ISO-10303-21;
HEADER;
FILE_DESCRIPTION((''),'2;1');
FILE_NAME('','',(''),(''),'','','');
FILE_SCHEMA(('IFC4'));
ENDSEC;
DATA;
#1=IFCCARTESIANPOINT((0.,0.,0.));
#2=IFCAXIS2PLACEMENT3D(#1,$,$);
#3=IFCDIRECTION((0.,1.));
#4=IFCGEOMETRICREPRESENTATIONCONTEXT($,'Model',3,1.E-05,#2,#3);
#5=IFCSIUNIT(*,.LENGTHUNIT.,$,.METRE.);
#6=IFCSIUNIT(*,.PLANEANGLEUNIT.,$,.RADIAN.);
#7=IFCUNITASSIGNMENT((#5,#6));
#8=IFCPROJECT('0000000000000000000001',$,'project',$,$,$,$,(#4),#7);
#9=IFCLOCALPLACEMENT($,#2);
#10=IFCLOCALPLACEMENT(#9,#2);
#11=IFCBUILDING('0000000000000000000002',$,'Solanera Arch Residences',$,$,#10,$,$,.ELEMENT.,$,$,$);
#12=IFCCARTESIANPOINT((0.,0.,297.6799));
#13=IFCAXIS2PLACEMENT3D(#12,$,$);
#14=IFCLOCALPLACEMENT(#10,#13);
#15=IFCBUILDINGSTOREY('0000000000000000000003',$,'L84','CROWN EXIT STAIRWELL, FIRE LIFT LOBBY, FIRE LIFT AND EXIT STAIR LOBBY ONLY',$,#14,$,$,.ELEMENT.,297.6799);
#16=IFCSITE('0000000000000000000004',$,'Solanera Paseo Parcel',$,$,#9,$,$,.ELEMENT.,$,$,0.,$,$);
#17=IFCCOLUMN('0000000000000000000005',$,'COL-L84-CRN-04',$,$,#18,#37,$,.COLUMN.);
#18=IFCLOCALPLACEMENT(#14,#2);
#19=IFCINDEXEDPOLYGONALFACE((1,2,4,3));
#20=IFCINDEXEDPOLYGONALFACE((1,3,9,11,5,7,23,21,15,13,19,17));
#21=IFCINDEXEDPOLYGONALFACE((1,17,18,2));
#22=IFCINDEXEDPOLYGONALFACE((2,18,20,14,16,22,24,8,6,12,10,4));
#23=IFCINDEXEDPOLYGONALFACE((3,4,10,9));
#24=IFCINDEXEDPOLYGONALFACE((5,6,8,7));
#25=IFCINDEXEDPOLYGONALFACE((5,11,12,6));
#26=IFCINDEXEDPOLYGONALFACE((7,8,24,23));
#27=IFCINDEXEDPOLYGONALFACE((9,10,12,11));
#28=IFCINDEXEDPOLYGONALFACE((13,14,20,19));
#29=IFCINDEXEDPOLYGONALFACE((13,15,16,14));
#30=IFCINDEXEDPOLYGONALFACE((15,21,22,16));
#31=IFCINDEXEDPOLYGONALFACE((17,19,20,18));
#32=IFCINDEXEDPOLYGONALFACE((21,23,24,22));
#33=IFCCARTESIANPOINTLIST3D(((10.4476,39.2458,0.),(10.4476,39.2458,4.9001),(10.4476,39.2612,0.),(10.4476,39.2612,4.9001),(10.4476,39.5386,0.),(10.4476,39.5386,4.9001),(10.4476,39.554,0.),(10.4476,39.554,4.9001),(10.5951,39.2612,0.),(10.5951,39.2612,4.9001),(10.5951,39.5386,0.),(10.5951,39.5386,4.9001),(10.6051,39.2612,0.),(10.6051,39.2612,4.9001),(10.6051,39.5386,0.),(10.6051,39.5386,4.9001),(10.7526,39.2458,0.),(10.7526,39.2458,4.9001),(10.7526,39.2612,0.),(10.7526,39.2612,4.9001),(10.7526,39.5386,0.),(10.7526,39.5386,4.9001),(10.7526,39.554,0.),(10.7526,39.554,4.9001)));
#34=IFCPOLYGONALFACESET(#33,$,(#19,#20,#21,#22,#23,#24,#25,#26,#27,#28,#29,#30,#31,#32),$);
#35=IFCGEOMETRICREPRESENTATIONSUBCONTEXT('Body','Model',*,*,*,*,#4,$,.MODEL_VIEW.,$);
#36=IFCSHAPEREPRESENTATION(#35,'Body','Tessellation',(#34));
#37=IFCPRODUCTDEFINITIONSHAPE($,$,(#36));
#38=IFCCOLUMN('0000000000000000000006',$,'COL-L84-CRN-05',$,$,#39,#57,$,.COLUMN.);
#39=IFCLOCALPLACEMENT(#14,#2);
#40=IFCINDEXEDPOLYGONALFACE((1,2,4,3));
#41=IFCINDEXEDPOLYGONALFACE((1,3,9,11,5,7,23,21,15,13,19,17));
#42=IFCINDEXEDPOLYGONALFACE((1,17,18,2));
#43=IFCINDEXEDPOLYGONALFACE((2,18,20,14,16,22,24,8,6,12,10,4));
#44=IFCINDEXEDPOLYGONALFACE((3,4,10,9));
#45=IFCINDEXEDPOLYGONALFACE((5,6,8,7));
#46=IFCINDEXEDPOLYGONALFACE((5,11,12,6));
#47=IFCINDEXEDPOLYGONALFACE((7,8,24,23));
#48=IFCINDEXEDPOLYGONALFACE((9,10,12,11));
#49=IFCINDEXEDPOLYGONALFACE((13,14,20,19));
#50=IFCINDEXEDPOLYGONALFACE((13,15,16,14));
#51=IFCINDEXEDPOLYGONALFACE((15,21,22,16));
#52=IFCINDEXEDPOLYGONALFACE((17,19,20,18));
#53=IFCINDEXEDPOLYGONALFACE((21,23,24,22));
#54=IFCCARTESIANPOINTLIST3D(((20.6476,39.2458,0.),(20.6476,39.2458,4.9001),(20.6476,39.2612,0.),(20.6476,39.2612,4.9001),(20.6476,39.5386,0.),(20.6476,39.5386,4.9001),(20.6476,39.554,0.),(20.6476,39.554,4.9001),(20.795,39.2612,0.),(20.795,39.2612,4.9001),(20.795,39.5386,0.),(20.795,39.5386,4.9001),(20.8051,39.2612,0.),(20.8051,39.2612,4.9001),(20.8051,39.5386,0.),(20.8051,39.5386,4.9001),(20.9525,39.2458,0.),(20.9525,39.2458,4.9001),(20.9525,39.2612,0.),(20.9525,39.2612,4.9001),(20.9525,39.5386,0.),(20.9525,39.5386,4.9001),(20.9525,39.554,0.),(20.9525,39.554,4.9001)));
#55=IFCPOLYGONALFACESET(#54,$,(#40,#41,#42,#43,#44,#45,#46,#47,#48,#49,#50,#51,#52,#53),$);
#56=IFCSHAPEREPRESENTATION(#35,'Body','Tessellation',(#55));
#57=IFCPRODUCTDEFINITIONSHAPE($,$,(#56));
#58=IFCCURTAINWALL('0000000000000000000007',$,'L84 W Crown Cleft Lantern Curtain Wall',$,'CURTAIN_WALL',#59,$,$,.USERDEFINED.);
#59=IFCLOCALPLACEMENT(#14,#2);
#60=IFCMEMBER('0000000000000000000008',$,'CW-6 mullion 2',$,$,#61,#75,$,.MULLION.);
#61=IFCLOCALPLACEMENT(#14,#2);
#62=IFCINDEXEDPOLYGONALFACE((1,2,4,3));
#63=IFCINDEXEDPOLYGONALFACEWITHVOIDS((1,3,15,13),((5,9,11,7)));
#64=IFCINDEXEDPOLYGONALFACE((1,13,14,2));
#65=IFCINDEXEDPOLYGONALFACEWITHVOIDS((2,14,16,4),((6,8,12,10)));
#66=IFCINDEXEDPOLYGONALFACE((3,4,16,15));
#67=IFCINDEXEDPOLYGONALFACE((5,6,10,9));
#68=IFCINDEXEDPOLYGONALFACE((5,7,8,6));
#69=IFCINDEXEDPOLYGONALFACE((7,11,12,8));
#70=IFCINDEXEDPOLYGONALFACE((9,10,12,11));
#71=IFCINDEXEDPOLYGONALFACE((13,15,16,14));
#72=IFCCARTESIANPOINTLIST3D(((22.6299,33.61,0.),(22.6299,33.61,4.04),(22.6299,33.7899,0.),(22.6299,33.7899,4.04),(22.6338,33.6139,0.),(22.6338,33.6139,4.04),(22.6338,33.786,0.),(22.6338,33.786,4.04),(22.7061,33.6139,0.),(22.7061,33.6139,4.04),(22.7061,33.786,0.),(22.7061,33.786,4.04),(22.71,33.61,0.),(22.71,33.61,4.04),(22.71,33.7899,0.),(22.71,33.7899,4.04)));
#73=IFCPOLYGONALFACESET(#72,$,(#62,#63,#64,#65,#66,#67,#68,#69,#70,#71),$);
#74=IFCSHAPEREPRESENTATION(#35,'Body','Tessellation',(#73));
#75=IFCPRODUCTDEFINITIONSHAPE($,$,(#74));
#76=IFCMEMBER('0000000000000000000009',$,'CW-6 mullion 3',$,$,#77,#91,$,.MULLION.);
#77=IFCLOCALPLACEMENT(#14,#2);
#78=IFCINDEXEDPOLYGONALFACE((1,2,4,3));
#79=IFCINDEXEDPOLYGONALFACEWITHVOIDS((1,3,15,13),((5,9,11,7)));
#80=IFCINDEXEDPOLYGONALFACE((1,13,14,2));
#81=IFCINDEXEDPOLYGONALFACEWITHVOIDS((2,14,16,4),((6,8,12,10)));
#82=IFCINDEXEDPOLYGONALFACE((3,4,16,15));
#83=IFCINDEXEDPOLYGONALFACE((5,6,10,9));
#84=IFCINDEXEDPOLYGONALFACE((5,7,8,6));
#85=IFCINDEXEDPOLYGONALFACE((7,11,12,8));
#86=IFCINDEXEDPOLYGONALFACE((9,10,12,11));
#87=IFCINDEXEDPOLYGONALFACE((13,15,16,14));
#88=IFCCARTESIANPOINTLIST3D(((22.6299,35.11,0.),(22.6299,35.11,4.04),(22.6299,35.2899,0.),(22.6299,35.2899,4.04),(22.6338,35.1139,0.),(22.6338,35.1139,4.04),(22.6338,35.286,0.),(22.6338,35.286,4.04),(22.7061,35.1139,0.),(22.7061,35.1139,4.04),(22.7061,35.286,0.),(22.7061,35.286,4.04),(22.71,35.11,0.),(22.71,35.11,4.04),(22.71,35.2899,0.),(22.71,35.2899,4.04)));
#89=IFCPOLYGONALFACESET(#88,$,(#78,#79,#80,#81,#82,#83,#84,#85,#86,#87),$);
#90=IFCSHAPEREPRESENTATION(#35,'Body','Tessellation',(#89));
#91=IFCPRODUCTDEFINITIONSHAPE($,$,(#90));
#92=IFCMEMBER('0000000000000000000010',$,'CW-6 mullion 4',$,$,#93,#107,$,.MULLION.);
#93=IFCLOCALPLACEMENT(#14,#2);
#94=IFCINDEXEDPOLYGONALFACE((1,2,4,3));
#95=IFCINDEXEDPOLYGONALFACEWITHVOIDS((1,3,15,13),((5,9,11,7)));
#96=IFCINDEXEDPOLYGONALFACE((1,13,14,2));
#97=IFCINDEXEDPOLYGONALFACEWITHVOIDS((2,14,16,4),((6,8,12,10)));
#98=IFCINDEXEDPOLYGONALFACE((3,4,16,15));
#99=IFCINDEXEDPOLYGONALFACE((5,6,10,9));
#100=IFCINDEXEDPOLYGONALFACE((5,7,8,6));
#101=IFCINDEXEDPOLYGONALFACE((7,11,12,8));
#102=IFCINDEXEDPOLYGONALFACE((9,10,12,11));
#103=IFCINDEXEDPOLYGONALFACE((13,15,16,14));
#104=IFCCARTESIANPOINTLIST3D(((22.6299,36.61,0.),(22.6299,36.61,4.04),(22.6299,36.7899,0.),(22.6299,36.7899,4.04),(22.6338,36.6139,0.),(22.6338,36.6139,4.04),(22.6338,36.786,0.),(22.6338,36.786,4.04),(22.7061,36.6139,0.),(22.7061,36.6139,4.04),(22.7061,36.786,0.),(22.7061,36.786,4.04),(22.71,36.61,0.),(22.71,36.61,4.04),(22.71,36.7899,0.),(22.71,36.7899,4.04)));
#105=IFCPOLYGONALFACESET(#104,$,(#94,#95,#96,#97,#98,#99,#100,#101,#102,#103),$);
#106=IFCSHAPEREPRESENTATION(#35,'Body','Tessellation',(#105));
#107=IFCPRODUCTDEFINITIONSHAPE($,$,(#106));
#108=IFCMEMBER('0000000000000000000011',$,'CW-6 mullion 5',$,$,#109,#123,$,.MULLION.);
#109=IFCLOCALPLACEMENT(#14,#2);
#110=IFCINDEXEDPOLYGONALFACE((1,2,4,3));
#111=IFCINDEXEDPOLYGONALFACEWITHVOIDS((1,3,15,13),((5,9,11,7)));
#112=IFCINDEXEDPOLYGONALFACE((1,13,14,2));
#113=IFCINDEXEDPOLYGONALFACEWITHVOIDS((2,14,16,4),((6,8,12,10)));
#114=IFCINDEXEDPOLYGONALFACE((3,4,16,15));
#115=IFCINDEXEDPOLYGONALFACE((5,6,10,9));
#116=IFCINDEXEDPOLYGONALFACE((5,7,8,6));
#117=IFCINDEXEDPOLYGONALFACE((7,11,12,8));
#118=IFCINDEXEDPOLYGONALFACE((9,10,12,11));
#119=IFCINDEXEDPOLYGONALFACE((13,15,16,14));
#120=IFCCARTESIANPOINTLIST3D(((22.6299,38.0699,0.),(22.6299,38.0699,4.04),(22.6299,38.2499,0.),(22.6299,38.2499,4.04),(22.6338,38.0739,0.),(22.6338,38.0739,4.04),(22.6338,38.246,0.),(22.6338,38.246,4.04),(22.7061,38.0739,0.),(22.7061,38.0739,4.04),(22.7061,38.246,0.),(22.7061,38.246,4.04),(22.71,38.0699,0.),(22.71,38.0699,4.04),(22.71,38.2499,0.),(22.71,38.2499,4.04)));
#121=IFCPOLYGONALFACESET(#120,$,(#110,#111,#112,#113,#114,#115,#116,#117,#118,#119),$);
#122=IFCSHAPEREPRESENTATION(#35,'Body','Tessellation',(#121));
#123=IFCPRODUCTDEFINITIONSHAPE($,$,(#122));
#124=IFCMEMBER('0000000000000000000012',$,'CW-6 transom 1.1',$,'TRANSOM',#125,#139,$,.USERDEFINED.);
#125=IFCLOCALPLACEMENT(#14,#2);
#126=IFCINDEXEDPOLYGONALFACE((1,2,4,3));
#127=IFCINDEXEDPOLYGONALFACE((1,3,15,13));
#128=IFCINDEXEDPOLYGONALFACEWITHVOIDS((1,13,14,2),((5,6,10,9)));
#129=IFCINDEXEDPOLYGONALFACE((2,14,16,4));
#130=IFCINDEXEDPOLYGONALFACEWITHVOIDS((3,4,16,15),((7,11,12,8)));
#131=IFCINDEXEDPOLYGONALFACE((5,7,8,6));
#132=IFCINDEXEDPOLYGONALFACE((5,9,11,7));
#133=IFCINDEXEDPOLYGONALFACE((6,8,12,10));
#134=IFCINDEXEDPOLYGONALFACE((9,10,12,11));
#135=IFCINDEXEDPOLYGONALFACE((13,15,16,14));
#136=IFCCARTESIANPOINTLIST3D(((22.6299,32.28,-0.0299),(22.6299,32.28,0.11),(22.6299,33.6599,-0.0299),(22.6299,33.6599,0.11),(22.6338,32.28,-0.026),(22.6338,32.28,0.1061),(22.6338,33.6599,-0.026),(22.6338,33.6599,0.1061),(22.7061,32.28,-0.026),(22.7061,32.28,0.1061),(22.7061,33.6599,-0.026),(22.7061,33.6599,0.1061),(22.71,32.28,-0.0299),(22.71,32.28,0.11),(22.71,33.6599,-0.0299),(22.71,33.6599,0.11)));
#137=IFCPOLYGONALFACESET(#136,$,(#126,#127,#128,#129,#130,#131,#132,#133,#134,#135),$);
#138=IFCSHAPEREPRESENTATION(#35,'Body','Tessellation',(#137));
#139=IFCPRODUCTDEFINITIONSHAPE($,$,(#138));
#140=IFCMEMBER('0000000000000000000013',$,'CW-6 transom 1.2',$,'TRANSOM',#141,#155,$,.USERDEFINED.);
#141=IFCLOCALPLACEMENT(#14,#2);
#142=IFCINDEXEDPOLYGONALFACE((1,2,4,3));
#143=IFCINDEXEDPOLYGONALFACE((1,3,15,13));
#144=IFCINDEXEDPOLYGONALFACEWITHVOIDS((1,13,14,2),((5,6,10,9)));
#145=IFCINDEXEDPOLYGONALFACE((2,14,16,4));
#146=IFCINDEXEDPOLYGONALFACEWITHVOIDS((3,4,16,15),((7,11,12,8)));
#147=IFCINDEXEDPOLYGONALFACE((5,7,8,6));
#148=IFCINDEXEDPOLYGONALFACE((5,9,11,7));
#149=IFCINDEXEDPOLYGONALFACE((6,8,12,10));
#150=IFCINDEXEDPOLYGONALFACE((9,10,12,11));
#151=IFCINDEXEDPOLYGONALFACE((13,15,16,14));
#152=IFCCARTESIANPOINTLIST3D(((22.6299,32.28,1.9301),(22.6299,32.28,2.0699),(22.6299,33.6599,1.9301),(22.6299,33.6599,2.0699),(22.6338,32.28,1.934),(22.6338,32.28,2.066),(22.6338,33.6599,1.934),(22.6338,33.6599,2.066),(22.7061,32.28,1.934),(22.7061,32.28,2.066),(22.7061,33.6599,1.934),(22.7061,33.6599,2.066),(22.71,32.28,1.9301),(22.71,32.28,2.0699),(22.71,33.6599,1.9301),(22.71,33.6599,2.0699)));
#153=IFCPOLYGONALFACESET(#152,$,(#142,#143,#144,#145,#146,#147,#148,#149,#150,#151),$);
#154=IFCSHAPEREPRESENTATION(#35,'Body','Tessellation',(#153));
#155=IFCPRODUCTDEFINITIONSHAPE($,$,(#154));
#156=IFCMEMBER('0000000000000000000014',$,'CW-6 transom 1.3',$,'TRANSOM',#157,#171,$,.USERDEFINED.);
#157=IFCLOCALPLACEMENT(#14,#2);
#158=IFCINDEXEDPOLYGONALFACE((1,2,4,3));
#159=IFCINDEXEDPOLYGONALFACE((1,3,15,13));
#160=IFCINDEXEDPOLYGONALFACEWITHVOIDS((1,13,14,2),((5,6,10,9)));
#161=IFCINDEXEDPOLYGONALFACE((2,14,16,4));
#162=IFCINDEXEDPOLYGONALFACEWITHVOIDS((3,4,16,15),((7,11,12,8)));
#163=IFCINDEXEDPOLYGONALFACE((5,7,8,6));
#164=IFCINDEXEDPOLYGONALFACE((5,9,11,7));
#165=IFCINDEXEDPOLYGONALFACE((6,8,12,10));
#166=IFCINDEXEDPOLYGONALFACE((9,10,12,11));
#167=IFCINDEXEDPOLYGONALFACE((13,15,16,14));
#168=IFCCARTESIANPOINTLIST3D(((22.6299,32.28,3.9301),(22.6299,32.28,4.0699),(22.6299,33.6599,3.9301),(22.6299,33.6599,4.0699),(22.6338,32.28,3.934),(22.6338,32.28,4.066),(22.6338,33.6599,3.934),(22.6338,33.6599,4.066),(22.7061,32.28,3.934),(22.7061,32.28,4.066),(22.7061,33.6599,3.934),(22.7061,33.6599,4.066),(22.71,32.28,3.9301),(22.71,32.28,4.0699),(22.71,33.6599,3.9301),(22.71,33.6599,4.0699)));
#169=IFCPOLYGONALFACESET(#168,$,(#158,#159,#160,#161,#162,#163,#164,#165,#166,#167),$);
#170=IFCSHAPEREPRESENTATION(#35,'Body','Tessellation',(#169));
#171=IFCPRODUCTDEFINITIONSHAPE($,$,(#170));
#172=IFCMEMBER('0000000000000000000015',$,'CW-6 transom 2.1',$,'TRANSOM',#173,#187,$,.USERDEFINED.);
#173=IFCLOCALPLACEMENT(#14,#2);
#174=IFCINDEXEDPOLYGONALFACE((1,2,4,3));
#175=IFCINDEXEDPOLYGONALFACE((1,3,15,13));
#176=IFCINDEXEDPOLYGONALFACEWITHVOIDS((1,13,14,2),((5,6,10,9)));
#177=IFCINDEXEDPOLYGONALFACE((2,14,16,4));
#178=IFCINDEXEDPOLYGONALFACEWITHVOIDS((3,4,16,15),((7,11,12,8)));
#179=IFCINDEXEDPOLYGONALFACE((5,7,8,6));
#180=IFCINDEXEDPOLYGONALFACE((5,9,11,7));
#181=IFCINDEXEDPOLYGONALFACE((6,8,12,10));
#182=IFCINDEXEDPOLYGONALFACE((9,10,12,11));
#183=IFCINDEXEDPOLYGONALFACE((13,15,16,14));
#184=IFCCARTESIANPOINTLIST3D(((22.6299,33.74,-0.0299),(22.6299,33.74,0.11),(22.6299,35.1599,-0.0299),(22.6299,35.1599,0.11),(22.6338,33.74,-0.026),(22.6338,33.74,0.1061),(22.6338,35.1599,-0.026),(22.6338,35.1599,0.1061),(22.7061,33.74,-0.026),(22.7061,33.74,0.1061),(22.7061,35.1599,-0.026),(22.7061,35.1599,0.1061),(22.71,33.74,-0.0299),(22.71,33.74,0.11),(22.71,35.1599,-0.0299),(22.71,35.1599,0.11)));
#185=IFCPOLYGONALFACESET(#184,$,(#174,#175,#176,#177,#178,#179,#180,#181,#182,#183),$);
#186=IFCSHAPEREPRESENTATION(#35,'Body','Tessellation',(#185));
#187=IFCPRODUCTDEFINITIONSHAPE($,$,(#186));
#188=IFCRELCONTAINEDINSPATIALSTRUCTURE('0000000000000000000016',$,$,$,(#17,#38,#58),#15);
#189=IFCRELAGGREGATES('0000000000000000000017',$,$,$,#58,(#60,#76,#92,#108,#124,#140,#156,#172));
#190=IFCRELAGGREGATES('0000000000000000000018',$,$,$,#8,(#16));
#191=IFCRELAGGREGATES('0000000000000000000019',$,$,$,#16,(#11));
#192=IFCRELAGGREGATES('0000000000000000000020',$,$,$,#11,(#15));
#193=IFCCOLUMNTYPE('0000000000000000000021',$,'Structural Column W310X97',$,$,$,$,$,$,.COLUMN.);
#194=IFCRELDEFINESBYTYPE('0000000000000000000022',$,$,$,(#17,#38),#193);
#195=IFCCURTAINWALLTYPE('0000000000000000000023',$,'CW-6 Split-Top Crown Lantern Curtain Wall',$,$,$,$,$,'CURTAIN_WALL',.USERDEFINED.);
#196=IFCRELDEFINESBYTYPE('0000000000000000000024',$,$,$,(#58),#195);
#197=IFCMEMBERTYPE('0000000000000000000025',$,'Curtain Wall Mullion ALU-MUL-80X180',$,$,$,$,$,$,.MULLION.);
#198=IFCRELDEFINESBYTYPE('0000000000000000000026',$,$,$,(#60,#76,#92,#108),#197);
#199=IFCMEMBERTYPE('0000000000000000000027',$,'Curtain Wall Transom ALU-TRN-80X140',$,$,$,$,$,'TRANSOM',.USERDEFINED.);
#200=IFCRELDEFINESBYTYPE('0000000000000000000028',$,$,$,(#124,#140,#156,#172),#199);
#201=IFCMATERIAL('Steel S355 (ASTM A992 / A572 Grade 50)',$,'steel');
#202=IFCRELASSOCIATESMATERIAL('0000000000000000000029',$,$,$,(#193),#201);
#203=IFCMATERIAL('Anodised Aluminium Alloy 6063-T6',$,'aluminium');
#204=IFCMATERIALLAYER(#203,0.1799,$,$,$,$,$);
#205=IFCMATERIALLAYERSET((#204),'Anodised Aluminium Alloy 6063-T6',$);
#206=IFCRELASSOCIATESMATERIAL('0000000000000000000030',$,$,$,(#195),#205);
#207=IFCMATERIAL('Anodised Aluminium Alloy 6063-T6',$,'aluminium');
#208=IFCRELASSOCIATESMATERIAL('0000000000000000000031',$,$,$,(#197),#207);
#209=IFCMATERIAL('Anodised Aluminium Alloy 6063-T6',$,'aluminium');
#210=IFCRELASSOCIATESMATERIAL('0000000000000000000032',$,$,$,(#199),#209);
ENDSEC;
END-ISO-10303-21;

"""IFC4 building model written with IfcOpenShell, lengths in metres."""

from ifc_helpers import new_model, si_unit, direction, frame, origin, origin_2d, place, context, subcontext, project, spatial, hollow_rectangle, i_section, extrude, material, layer, layer_set, material_profile, profile_set, type_object, element, aggregate, save


model = new_model("IFC4")

# Units and contexts
model_context = context("Model", 3, precision=1e-05, world=origin(), true_north=direction((0.0, 1.0)))
body_context = subcontext(model_context, "Body", "Model", "MODEL_VIEW")
ifc_project = project(units=[si_unit("LENGTHUNIT", "METRE"), si_unit("PLANEANGLEUNIT", "RADIAN")], contexts=[model_context])

# Site, building, storey
site_placement = place(None, origin())
site = spatial("IfcSite", under=ifc_project, at=site_placement, Name="Solanera Paseo Parcel", CompositionType="ELEMENT", RefElevation=0.0)
building_placement = place(site_placement, origin())
building = spatial("IfcBuilding", under=site, at=building_placement, Name="Solanera Arch Residences", CompositionType="ELEMENT")
storey_placement = place(building_placement, frame((0.0, 0.0, 297.6799)))
storey = spatial("IfcBuildingStorey", under=building, at=storey_placement, Name="L84", Description="CROWN EXIT STAIRWELL, FIRE LIFT LOBBY, FIRE LIFT AND EXIT STAIR LOBBY ONLY", CompositionType="ELEMENT", Elevation=297.6799)

# Columns
ifc_material_1 = material(Name="Steel S355 (ASTM A992 / A572 Grade 50)", Category="steel")
ifc_material_profile_1 = material_profile(ifc_material_1, i_section(OverallWidth=0.3049, OverallDepth=0.3081, WebThickness=0.01, FlangeThickness=0.0154, at=origin_2d()))
ifc_profile_set_1 = profile_set([ifc_material_profile_1], Name="Steel S355 (ASTM A992 / A572 Grade 50)")
column_type = type_object("IfcColumnType", Name="Structural Column W310X97", PredefinedType="COLUMN", material=ifc_profile_set_1)
for number, where, z_axis, x_axis, name in (
    (1, (10.6001, 39.3999, 0.0), (0.0, 0.0, 1.0), (1.0, 0.0, 0.0), "COL-L84-CRN-04"),
    (2, (20.8, 39.3999, 0.0), (0.0, 0.0, 1.0), (1.0, 0.0, 0.0), "COL-L84-CRN-05"),
):
    element("IfcColumn", number, at=place(storey_placement, frame(where, z_axis=z_axis, x_axis=x_axis)), inside=storey, type_object=column_type, Name=name, PredefinedType="COLUMN", context=body_context, shape_type="SweptSolid", body=[
        extrude(i_section(OverallWidth=0.3049, OverallDepth=0.3081, WebThickness=0.01, FlangeThickness=0.0154, at=origin_2d()), origin(), (0.0, 0.0, 1.0), 4.9001),
    ])

# Curtain wall, members
ifc_material_2 = material(Name="Anodised Aluminium Alloy 6063-T6", Category="aluminium")
ifc_layer_1 = layer(ifc_material_2, 0.1799)
ifc_layer_set_1 = layer_set([ifc_layer_1], Name="Anodised Aluminium Alloy 6063-T6")
curtain_wall_type = type_object("IfcCurtainWallType", Name="CW-6 Split-Top Crown Lantern Curtain Wall", ElementType="CURTAIN_WALL", PredefinedType="USERDEFINED", material=ifc_layer_set_1)
curtain_wall_placement = place(storey_placement, origin())
curtain_wall = element("IfcCurtainWall", 3, at=curtain_wall_placement, inside=storey, type_object=curtain_wall_type, Name="L84 W Crown Cleft Lantern Curtain Wall", ObjectType="CURTAIN_WALL", PredefinedType="USERDEFINED")
ifc_material_3 = material(Name="Anodised Aluminium Alloy 6063-T6", Category="aluminium")
ifc_material_profile_2 = material_profile(ifc_material_3, hollow_rectangle(XDim=0.0801, YDim=0.1799, WallThickness=0.0039, at=origin_2d()))
ifc_profile_set_2 = profile_set([ifc_material_profile_2], Name="Anodised Aluminium Alloy 6063-T6")
member_type_1 = type_object("IfcMemberType", Name="Curtain Wall Mullion ALU-MUL-80X180", PredefinedType="MULLION", material=ifc_profile_set_2)
member_1_placement = place(storey_placement, frame((22.6699, 33.7, 0.0), z_axis=(0.0, 0.0, 1.0), x_axis=(-1.0, 0.0, 0.0)))
member_1 = element("IfcMember", 4, at=member_1_placement, type_object=member_type_1, Name="CW-6 mullion 2", PredefinedType="MULLION", context=body_context, shape_type="SweptSolid", body=[
    extrude(hollow_rectangle(XDim=0.0801, YDim=0.1799, WallThickness=0.0039, at=origin_2d()), origin(), (0.0, 0.0, 1.0), 4.04),
])
member_2_placement = place(storey_placement, frame((22.6699, 35.2, 0.0), z_axis=(0.0, 0.0, 1.0), x_axis=(-1.0, 0.0, 0.0)))
member_2 = element("IfcMember", 5, at=member_2_placement, type_object=member_type_1, Name="CW-6 mullion 3", PredefinedType="MULLION", context=body_context, shape_type="SweptSolid", body=[
    extrude(hollow_rectangle(XDim=0.0801, YDim=0.1799, WallThickness=0.0039, at=origin_2d()), origin(), (0.0, 0.0, 1.0), 4.04),
])
member_3_placement = place(storey_placement, frame((22.6699, 36.7, 0.0), z_axis=(0.0, 0.0, 1.0), x_axis=(-1.0, 0.0, 0.0)))
member_3 = element("IfcMember", 6, at=member_3_placement, type_object=member_type_1, Name="CW-6 mullion 4", PredefinedType="MULLION", context=body_context, shape_type="SweptSolid", body=[
    extrude(hollow_rectangle(XDim=0.0801, YDim=0.1799, WallThickness=0.0039, at=origin_2d()), origin(), (0.0, 0.0, 1.0), 4.04),
])
member_4_placement = place(storey_placement, frame((22.6699, 38.1599, 0.0), z_axis=(0.0, 0.0, 1.0), x_axis=(-1.0, 0.0, 0.0)))
member_4 = element("IfcMember", 7, at=member_4_placement, type_object=member_type_1, Name="CW-6 mullion 5", PredefinedType="MULLION", context=body_context, shape_type="SweptSolid", body=[
    extrude(hollow_rectangle(XDim=0.0801, YDim=0.1799, WallThickness=0.0039, at=origin_2d()), origin(), (0.0, 0.0, 1.0), 4.04),
])
ifc_material_4 = material(Name="Anodised Aluminium Alloy 6063-T6", Category="aluminium")
ifc_material_profile_3 = material_profile(ifc_material_4, hollow_rectangle(XDim=0.0801, YDim=0.1399, WallThickness=0.0039, at=origin_2d()))
ifc_profile_set_3 = profile_set([ifc_material_profile_3], Name="Anodised Aluminium Alloy 6063-T6")
member_type_2 = type_object("IfcMemberType", Name="Curtain Wall Transom ALU-TRN-80X140", ElementType="TRANSOM", PredefinedType="USERDEFINED", material=ifc_profile_set_3)
member_5_placement = place(storey_placement, frame((22.6699, 32.28, 0.04), z_axis=(0.0, 1.0, 0.0), x_axis=(-1.0, 0.0, 0.0)))
member_5 = element("IfcMember", 8, at=member_5_placement, type_object=member_type_2, Name="CW-6 transom 1.1", ObjectType="TRANSOM", PredefinedType="USERDEFINED", context=body_context, shape_type="SweptSolid", body=[
    extrude(hollow_rectangle(XDim=0.0801, YDim=0.1399, WallThickness=0.0039, at=origin_2d()), origin(), (0.0, 0.0, 1.0), 1.3799),
])
member_6_placement = place(storey_placement, frame((22.6699, 32.28, 2.0), z_axis=(0.0, 1.0, 0.0), x_axis=(-1.0, 0.0, 0.0)))
member_6 = element("IfcMember", 9, at=member_6_placement, type_object=member_type_2, Name="CW-6 transom 1.2", ObjectType="TRANSOM", PredefinedType="USERDEFINED", context=body_context, shape_type="SweptSolid", body=[
    extrude(hollow_rectangle(XDim=0.0801, YDim=0.1399, WallThickness=0.0039, at=origin_2d()), origin(), (0.0, 0.0, 1.0), 1.3799),
])
member_7_placement = place(storey_placement, frame((22.6699, 32.28, 4.0), z_axis=(0.0, 1.0, 0.0), x_axis=(-1.0, 0.0, 0.0)))
member_7 = element("IfcMember", 10, at=member_7_placement, type_object=member_type_2, Name="CW-6 transom 1.3", ObjectType="TRANSOM", PredefinedType="USERDEFINED", context=body_context, shape_type="SweptSolid", body=[
    extrude(hollow_rectangle(XDim=0.0801, YDim=0.1399, WallThickness=0.0039, at=origin_2d()), origin(), (0.0, 0.0, 1.0), 1.3799),
])
member_8_placement = place(storey_placement, frame((22.6699, 33.74, 0.04), z_axis=(0.0, 1.0, 0.0), x_axis=(-1.0, 0.0, 0.0)))
member_8 = element("IfcMember", 11, at=member_8_placement, type_object=member_type_2, Name="CW-6 transom 2.1", ObjectType="TRANSOM", PredefinedType="USERDEFINED", context=body_context, shape_type="SweptSolid", body=[
    extrude(hollow_rectangle(XDim=0.0801, YDim=0.1399, WallThickness=0.0039, at=origin_2d()), origin(), (0.0, 0.0, 1.0), 1.4199),
])

aggregate(curtain_wall, [member_1, member_2, member_3, member_4, member_5, member_6, member_7, member_8])

save(model, "model.ifc")
